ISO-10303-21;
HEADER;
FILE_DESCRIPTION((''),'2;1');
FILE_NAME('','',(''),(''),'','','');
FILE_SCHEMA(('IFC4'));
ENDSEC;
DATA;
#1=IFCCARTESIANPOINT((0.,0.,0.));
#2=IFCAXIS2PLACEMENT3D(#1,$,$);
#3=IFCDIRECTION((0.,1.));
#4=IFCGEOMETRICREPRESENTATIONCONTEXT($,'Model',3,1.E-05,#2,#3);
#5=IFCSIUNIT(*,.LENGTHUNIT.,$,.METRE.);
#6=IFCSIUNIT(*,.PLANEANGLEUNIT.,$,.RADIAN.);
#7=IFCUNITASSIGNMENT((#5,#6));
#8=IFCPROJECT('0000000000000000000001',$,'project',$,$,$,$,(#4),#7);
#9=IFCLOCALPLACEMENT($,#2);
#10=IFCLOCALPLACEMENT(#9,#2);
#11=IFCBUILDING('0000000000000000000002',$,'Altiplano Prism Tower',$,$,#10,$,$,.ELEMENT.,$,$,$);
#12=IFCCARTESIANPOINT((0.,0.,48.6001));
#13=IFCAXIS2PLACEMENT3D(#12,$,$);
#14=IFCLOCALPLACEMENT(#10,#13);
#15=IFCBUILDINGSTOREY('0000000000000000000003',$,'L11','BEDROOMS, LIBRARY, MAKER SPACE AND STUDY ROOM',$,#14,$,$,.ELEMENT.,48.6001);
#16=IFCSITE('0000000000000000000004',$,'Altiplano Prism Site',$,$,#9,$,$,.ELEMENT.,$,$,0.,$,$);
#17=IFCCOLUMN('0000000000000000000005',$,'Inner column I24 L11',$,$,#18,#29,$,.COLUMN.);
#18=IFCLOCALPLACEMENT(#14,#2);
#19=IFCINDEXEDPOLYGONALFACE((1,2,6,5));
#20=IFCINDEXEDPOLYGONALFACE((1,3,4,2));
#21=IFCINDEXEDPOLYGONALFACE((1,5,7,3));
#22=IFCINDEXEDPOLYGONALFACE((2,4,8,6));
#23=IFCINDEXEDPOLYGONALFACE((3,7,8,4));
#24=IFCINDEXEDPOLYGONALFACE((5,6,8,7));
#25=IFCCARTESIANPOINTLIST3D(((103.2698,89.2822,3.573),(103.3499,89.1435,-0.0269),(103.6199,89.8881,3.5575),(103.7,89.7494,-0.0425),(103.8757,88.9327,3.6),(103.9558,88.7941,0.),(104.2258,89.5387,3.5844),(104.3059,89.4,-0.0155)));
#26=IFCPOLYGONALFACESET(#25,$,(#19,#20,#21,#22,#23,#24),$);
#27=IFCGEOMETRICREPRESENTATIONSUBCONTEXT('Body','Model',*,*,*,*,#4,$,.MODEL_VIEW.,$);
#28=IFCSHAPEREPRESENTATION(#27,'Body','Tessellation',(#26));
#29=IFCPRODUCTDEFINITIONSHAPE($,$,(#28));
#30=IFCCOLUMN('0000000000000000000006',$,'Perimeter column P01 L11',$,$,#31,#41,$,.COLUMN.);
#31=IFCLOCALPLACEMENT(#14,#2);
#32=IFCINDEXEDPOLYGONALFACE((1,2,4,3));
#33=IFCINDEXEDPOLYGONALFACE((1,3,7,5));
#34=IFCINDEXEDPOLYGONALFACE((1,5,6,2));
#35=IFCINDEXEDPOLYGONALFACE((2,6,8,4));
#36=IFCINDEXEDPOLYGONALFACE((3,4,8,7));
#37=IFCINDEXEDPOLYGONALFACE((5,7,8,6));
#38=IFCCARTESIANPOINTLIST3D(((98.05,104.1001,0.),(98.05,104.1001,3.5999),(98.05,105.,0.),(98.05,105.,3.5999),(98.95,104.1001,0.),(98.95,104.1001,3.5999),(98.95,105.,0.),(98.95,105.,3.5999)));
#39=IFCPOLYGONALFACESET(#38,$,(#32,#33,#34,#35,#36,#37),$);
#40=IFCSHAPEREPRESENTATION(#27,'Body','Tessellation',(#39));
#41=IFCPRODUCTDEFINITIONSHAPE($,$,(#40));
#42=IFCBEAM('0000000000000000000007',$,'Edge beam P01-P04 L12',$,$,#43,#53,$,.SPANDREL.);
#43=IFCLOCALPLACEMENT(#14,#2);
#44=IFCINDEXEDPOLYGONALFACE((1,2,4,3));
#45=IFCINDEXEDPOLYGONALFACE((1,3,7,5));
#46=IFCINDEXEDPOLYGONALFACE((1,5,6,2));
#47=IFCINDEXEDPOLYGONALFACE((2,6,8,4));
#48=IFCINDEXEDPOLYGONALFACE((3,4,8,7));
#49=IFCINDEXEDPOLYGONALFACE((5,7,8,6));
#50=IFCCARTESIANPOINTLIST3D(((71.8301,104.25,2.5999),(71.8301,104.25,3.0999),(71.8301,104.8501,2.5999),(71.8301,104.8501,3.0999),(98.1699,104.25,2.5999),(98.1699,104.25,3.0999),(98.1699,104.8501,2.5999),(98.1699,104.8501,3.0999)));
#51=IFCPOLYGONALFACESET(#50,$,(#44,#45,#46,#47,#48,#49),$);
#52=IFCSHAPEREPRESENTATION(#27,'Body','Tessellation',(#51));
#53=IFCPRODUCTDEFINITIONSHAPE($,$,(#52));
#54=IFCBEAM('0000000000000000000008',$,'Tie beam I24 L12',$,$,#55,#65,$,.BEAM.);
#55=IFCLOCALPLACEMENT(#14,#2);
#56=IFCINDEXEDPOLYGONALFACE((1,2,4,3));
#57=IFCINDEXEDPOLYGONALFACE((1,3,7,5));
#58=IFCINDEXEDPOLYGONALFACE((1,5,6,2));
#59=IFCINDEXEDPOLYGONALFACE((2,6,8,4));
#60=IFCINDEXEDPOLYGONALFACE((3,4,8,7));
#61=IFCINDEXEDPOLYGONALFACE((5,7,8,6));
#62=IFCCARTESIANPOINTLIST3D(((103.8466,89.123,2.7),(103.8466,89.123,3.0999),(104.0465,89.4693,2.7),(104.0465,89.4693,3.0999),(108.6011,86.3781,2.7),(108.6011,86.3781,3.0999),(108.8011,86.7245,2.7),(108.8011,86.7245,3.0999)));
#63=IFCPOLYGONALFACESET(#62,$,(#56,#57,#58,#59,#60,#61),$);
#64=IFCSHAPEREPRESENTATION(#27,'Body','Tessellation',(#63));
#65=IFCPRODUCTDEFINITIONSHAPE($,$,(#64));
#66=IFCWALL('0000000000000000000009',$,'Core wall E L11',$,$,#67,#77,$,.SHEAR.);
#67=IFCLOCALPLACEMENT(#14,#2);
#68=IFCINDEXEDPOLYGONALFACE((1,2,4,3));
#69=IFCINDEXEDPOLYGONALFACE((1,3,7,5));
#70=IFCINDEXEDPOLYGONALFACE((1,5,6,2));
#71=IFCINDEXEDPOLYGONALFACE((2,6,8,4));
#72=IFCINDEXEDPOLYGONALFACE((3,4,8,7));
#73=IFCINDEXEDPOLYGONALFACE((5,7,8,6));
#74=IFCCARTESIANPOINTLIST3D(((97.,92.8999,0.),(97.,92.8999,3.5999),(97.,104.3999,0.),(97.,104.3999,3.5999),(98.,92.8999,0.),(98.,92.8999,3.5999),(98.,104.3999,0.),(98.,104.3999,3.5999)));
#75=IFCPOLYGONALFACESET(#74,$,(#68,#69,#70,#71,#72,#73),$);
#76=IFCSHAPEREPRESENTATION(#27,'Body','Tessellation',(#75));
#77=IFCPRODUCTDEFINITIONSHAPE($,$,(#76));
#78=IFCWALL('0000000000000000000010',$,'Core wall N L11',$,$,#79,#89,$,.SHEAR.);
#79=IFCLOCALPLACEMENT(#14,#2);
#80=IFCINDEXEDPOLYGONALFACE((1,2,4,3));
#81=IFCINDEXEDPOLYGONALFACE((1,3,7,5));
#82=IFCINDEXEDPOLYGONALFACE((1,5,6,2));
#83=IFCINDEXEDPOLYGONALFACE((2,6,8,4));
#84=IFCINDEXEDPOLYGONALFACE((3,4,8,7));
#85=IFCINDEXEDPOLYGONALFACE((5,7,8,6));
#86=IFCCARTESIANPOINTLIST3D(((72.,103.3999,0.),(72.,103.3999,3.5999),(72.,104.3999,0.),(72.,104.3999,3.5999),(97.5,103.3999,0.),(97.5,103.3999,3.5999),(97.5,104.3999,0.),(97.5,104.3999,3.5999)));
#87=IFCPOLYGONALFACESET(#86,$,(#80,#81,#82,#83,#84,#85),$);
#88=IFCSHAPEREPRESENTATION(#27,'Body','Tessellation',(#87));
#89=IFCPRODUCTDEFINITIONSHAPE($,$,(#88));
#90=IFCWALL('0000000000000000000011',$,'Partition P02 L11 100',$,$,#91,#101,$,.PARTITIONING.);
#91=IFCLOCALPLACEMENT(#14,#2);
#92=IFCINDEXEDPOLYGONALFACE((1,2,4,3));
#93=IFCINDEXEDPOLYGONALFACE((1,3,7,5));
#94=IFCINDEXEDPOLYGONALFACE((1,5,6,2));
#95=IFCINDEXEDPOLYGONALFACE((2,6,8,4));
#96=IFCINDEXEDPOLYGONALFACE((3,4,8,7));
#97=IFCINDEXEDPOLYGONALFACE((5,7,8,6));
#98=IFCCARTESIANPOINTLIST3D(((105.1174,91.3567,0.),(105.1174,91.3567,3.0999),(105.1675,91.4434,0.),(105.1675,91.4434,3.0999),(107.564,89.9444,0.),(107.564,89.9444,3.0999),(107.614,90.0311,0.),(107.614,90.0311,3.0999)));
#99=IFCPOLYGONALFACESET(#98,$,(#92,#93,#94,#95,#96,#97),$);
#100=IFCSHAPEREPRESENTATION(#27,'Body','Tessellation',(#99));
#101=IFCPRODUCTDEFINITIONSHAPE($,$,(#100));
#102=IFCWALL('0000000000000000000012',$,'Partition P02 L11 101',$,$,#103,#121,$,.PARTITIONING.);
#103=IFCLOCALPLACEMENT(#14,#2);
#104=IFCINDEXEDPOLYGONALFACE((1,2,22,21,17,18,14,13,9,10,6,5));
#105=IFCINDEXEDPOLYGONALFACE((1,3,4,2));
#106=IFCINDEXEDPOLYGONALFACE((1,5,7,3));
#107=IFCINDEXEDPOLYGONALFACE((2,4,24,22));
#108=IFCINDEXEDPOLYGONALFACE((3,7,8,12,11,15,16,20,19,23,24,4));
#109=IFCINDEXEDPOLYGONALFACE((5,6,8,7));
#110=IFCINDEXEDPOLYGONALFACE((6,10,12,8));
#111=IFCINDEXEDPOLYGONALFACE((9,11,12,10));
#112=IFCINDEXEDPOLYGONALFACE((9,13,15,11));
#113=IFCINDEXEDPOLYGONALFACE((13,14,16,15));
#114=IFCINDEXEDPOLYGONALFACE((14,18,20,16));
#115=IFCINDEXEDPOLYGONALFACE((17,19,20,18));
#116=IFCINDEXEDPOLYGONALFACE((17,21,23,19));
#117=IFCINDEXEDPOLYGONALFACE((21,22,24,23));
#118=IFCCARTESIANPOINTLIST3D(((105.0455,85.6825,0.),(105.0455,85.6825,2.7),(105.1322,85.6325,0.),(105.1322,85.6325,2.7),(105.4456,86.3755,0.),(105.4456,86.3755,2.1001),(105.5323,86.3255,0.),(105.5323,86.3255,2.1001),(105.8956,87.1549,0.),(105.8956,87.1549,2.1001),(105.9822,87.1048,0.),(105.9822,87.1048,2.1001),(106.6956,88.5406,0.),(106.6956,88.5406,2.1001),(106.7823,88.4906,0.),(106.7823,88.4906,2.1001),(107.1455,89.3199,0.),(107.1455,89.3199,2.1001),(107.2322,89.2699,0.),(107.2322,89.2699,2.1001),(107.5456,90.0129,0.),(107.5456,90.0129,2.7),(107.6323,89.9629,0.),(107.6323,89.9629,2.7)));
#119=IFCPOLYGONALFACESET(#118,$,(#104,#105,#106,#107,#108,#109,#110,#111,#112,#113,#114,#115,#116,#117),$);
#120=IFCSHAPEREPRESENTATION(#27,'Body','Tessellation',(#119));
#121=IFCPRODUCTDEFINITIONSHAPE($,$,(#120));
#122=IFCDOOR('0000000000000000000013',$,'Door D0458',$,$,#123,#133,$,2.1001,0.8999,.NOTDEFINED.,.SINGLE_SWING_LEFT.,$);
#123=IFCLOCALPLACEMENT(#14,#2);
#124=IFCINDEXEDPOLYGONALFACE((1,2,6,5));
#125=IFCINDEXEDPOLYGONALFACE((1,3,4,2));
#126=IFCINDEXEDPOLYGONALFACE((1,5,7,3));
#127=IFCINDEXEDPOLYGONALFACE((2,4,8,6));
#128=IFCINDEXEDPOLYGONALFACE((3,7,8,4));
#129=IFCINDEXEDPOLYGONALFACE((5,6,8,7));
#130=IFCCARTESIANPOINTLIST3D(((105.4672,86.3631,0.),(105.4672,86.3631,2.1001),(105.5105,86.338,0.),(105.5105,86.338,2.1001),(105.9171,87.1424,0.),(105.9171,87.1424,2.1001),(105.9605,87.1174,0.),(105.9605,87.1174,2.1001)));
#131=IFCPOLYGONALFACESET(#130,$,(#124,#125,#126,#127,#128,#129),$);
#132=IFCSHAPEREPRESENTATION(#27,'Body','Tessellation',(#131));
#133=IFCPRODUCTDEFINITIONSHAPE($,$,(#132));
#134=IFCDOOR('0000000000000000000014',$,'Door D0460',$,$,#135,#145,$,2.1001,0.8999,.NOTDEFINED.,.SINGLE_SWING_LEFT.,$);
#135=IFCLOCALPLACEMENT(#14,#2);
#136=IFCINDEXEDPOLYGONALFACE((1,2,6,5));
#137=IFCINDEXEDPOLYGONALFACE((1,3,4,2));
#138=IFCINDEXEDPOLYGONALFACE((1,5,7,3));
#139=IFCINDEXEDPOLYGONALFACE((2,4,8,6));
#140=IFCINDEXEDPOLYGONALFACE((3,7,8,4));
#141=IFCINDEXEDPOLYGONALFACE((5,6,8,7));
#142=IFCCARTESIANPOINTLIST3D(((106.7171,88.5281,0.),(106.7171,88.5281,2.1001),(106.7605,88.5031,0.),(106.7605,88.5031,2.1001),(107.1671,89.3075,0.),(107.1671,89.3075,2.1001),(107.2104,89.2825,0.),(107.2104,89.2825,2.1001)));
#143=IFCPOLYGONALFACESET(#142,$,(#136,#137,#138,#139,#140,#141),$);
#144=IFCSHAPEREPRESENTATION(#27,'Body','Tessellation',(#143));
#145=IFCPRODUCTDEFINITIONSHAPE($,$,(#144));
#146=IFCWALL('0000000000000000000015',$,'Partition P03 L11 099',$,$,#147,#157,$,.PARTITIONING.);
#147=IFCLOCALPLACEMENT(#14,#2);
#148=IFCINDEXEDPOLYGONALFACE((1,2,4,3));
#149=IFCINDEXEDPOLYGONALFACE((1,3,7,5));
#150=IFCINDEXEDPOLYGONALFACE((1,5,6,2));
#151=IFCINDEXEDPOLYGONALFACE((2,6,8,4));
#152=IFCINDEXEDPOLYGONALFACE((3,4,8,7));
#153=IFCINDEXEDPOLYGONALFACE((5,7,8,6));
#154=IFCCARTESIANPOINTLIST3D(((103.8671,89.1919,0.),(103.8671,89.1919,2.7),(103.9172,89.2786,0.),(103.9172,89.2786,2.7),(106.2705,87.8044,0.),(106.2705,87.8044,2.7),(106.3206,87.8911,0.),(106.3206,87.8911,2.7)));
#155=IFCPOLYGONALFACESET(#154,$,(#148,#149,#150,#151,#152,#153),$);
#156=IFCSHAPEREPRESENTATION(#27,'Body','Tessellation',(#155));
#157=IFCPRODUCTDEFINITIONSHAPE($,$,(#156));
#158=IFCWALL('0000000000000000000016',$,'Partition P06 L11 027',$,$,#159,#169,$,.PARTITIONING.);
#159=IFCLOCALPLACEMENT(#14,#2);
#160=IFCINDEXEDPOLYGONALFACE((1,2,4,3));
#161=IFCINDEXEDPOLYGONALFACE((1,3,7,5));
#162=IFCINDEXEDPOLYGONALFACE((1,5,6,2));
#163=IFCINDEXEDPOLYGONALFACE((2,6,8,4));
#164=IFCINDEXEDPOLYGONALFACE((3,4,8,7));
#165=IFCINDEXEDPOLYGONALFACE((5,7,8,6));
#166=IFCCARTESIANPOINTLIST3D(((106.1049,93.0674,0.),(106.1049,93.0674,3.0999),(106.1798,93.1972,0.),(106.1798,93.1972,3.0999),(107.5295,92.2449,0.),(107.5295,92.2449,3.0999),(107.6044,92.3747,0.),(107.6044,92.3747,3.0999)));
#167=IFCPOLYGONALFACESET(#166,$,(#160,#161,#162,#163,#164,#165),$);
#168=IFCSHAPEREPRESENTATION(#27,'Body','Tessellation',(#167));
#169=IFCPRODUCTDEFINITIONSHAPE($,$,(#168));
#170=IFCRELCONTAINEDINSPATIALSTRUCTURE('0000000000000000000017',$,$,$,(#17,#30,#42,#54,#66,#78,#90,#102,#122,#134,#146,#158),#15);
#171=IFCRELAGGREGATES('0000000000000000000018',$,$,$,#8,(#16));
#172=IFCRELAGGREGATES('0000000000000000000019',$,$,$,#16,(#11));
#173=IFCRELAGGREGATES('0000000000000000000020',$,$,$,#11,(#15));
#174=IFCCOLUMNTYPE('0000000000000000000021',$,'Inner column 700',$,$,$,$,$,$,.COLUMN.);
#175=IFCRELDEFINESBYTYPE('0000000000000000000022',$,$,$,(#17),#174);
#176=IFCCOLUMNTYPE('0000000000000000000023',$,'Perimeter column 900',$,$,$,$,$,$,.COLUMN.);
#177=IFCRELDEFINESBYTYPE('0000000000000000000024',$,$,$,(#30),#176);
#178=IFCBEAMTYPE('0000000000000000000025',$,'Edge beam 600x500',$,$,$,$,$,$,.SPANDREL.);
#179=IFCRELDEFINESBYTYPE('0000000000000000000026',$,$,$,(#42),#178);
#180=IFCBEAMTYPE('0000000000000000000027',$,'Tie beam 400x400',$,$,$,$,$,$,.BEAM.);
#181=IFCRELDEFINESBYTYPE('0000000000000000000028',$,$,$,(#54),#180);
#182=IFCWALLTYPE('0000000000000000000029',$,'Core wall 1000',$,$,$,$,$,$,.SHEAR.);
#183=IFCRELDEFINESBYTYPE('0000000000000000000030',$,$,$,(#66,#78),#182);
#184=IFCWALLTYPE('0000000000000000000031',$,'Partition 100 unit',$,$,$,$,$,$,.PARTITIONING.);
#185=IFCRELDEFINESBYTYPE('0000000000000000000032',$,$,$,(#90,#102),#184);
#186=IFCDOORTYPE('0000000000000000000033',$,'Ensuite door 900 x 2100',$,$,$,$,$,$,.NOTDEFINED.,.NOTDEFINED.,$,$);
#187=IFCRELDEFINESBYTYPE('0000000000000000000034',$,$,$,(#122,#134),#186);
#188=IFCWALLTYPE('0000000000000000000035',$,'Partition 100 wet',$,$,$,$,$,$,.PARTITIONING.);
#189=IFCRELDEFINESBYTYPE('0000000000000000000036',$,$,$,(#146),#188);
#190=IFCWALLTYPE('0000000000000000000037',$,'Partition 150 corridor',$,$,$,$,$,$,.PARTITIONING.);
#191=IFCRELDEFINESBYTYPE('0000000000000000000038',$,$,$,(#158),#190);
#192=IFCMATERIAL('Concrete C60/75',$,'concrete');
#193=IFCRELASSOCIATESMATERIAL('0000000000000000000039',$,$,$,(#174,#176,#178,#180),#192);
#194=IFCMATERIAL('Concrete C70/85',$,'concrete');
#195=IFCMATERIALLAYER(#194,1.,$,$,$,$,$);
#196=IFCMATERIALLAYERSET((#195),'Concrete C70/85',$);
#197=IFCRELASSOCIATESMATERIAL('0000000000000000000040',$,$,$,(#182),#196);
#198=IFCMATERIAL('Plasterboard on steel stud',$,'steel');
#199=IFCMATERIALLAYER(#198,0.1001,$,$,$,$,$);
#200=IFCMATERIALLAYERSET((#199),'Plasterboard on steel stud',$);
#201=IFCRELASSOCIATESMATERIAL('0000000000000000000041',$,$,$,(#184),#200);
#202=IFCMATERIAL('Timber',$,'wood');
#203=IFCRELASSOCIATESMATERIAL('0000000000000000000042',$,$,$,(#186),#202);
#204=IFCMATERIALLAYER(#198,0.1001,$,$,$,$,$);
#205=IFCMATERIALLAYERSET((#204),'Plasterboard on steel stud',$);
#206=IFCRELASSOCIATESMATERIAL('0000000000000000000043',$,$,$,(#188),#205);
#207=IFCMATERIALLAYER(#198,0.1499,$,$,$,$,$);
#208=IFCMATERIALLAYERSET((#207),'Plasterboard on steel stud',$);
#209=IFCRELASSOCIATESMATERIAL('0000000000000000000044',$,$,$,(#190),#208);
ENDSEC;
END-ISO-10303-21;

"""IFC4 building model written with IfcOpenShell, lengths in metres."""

from ifc_helpers import new_model, si_unit, direction, frame, frame_2d, origin, origin_2d, place, context, subcontext, project, spatial, rectangle, extrude, material, layer, layer_set, material_profile, profile_set, type_object, element, fill, save


model = new_model("IFC4")

# Units and contexts
model_context = context("Model", 3, precision=1e-05, world=origin(), true_north=direction((0.0, 1.0)))
body_context = subcontext(model_context, "Body", "Model", "MODEL_VIEW")
ifc_project = project(units=[si_unit("LENGTHUNIT", "METRE"), si_unit("PLANEANGLEUNIT", "RADIAN")], contexts=[model_context])

# Site, building, storey
site_placement = place(None, origin())
site = spatial("IfcSite", under=ifc_project, at=site_placement, Name="Altiplano Prism Site", CompositionType="ELEMENT", RefElevation=0.0)
building_placement = place(site_placement, origin())
building = spatial("IfcBuilding", under=site, at=building_placement, Name="Altiplano Prism Tower", CompositionType="ELEMENT")
storey_placement = place(building_placement, frame((0.0, 0.0, 48.6001)))
storey = spatial("IfcBuildingStorey", under=building, at=storey_placement, Name="L11", Description="BEDROOMS, LIBRARY, MAKER SPACE AND STUDY ROOM", CompositionType="ELEMENT", Elevation=48.6001)

# Columns
ifc_material_1 = material(Name="Concrete C60/75", Category="concrete")
ifc_material_profile_1 = material_profile(ifc_material_1, rectangle(XDim=0.7, YDim=0.7, at=origin_2d()), Name="Inner column 700")
ifc_profile_set_1 = profile_set([ifc_material_profile_1], Name="Concrete C60/75")
column_type_1 = type_object("IfcColumnType", Name="Inner column 700", PredefinedType="COLUMN", material=ifc_profile_set_1)
column_1_placement = place(storey_placement, frame((103.8279, 89.2717, -0.0212), z_axis=(-0.022223, 0.038483, 0.999012), x_axis=(-0.500167, -0.865644, 0.02222)))
element("IfcColumn", 1, at=column_1_placement, inside=storey, type_object=column_type_1, Name="Inner column I24 L11", PredefinedType="COLUMN", context=body_context, shape_type="SweptSolid", body=[
    extrude(rectangle(XDim=0.7, YDim=0.7, at=origin_2d()), origin(), (0.0, 0.0, 1.0), 3.6035),
])
ifc_material_profile_2 = material_profile(ifc_material_1, rectangle(XDim=0.8999, YDim=0.8999, at=origin_2d()), Name="Perimeter column 900")
ifc_profile_set_2 = profile_set([ifc_material_profile_2], Name="Concrete C60/75")
column_type_2 = type_object("IfcColumnType", Name="Perimeter column 900", PredefinedType="COLUMN", material=ifc_profile_set_2)
column_2_placement = place(storey_placement, frame((98.5, 104.55, 0.0), z_axis=(0.0, 0.0, 1.0), x_axis=(1.0, 0.0, 0.0)))
element("IfcColumn", 2, at=column_2_placement, inside=storey, type_object=column_type_2, Name="Perimeter column P01 L11", PredefinedType="COLUMN", context=body_context, shape_type="SweptSolid", body=[
    extrude(rectangle(XDim=0.8999, YDim=0.8999, at=origin_2d()), origin(), (0.0, 0.0, 1.0), 3.5999),
])

# Beams
ifc_material_profile_3 = material_profile(ifc_material_1, rectangle(XDim=0.6001, YDim=0.5, at=origin_2d()), Name="Edge beam 600x500")
ifc_profile_set_3 = profile_set([ifc_material_profile_3], Name="Concrete C60/75")
beam_type_1 = type_object("IfcBeamType", Name="Edge beam 600x500", PredefinedType="SPANDREL", material=ifc_profile_set_3)
beam_1_placement = place(storey_placement, frame((98.1699, 104.55, 2.8499), z_axis=(-1.0, 0.0, 0.0), x_axis=(0.0, -1.0, 0.0)))
element("IfcBeam", 3, at=beam_1_placement, inside=storey, type_object=beam_type_1, Name="Edge beam P01-P04 L12", PredefinedType="SPANDREL", context=body_context, shape_type="SweptSolid", body=[
    extrude(rectangle(XDim=0.6001, YDim=0.5, at=origin_2d()), origin(), (0.0, 0.0, 1.0), 26.3398),
])
ifc_material_profile_4 = material_profile(ifc_material_1, rectangle(XDim=0.3999, YDim=0.3999, at=origin_2d()), Name="Tie beam 400x400")
ifc_profile_set_4 = profile_set([ifc_material_profile_4], Name="Concrete C60/75")
beam_type_2 = type_object("IfcBeamType", Name="Tie beam 400x400", PredefinedType="BEAM", material=ifc_profile_set_4)
beam_2_placement = place(storey_placement, frame((103.9465, 89.2961, 2.8999), z_axis=(0.866043, -0.49997, 0.0), x_axis=(0.49997, 0.866043, 0.0)))
element("IfcBeam", 4, at=beam_2_placement, inside=storey, type_object=beam_type_2, Name="Tie beam I24 L12", PredefinedType="BEAM", context=body_context, shape_type="SweptSolid", body=[
    extrude(rectangle(XDim=0.3999, YDim=0.3999, at=origin_2d()), origin(), (0.0, 0.0, 1.0), 5.49),
])

# Walls
ifc_material_2 = material(Name="Concrete C70/85", Category="concrete")
ifc_layer_1 = layer(ifc_material_2, 1.0)
ifc_layer_set_1 = layer_set([ifc_layer_1], Name="Concrete C70/85")
wall_type_1 = type_object("IfcWallType", Name="Core wall 1000", PredefinedType="SHEAR", material=ifc_layer_set_1)
wall_1_placement = place(storey_placement, frame((97.5, 92.8999, 0.0), z_axis=(0.0, 0.0, 1.0), x_axis=(0.0, 1.0, 0.0)))
element("IfcWall", 5, at=wall_1_placement, inside=storey, type_object=wall_type_1, Name="Core wall E L11", PredefinedType="SHEAR", context=body_context, shape_type="SweptSolid", body=[
    extrude(rectangle(XDim=11.5, YDim=1.0, at=frame_2d((5.75, 0.0))), origin(), (0.0, 0.0, 1.0), 3.5999),
])
wall_2_placement = place(storey_placement, frame((97.5, 103.8999, 0.0), z_axis=(0.0, 0.0, 1.0), x_axis=(-1.0, 0.0, 0.0)))
element("IfcWall", 6, at=wall_2_placement, inside=storey, type_object=wall_type_1, Name="Core wall N L11", PredefinedType="SHEAR", context=body_context, shape_type="SweptSolid", body=[
    extrude(rectangle(XDim=25.5, YDim=1.0, at=frame_2d((12.75, 0.0))), origin(), (0.0, 0.0, 1.0), 3.5999),
])
ifc_material_3 = material(Name="Plasterboard on steel stud", Category="steel")
ifc_layer_2 = layer(ifc_material_3, 0.1001)
ifc_layer_set_2 = layer_set([ifc_layer_2], Name="Plasterboard on steel stud")
wall_type_2 = type_object("IfcWallType", Name="Partition 100 unit", PredefinedType="PARTITIONING", material=ifc_layer_set_2)
wall_3_placement = place(storey_placement, frame((105.1423, 91.4001, 0.0), z_axis=(0.0, 0.0, 1.0), x_axis=(0.866049, -0.499959, 0.0)))
element("IfcWall", 7, at=wall_3_placement, inside=storey, type_object=wall_type_2, Name="Partition P02 L11 100", PredefinedType="PARTITIONING", context=body_context, shape_type="SweptSolid", body=[
    extrude(rectangle(XDim=2.825, YDim=0.1001, at=frame_2d((1.4126, 0.0))), origin(), (0.0, 0.0, 1.0), 3.0999),
])

# Wall, openings, doors
wall_4_placement = place(storey_placement, frame((107.5889, 89.9878, 0.0), z_axis=(0.0, 0.0, 1.0), x_axis=(-0.499983, -0.866035, 0.0)))
wall_4 = element("IfcWall", 8, at=wall_4_placement, inside=storey, type_object=wall_type_2, Name="Partition P02 L11 101", PredefinedType="PARTITIONING", context=body_context, shape_type="SweptSolid", body=[
    extrude(rectangle(XDim=5.0002, YDim=0.1001, at=frame_2d((2.5, 0.0))), origin(), (0.0, 0.0, 1.0), 2.7),
])
opening_1_placement = place(wall_4_placement, frame((3.3, 0.0, 0.0)))
opening_1 = element("IfcOpeningElement", 9, at=opening_1_placement, cuts=wall_4, PredefinedType="OPENING", context=body_context, shape_type="SweptSolid", body=[
    extrude(rectangle(XDim=0.8999, YDim=2.1001, at=frame_2d((0.45, 1.05))), frame((0.0, 0.0605, 0.0), z_axis=(0.0, -1.0, 0.0), x_axis=(1.0, 0.0, 0.0)), (0.0, 0.0, 1.0), 0.1211),
])
opening_2_placement = place(wall_4_placement, frame((0.8, 0.0, 0.0)))
opening_2 = element("IfcOpeningElement", 10, at=opening_2_placement, cuts=wall_4, PredefinedType="OPENING", context=body_context, shape_type="SweptSolid", body=[
    extrude(rectangle(XDim=0.8999, YDim=2.1001, at=frame_2d((0.45, 1.05))), frame((0.0, 0.0605, 0.0), z_axis=(0.0, -1.0, 0.0), x_axis=(1.0, 0.0, 0.0)), (0.0, 0.0, 1.0), 0.1211),
])
ifc_material_4 = material(Name="Timber", Category="wood")
door_type_1 = type_object("IfcDoorType", Name="Ensuite door 900 x 2100", OperationType="NOTDEFINED", PredefinedType="NOTDEFINED", material=ifc_material_4)
door_1_placement = place(opening_1_placement, origin())
door_1 = element("IfcDoor", 11, at=door_1_placement, inside=storey, type_object=door_type_1, Name="Door D0458", OperationType="SINGLE_SWING_LEFT", OverallHeight=2.1001, OverallWidth=0.8999, PredefinedType="NOTDEFINED", context=body_context, shape_type="SweptSolid", body=[
    extrude(rectangle(XDim=0.8999, YDim=2.1001, at=frame_2d((0.45, 1.05))), frame((0.0, 0.0249, 0.0), z_axis=(0.0, -1.0, 0.0), x_axis=(1.0, 0.0, 0.0)), (0.0, 0.0, 1.0), 0.05),
])
fill(opening_1, door_1)
door_2_placement = place(opening_2_placement, origin())
door_2 = element("IfcDoor", 12, at=door_2_placement, inside=storey, type_object=door_type_1, Name="Door D0460", OperationType="SINGLE_SWING_LEFT", OverallHeight=2.1001, OverallWidth=0.8999, PredefinedType="NOTDEFINED", context=body_context, shape_type="SweptSolid", body=[
    extrude(rectangle(XDim=0.8999, YDim=2.1001, at=frame_2d((0.45, 1.05))), frame((0.0, 0.0249, 0.0), z_axis=(0.0, -1.0, 0.0), x_axis=(1.0, 0.0, 0.0)), (0.0, 0.0, 1.0), 0.05),
])
fill(opening_2, door_2)

# Walls
ifc_layer_3 = layer(ifc_material_3, 0.1001)
ifc_layer_set_3 = layer_set([ifc_layer_3], Name="Plasterboard on steel stud")
wall_type_3 = type_object("IfcWallType", Name="Partition 100 wet", PredefinedType="PARTITIONING", material=ifc_layer_set_3)
wall_5_placement = place(storey_placement, frame((106.2957, 87.8477, 0.0), z_axis=(0.0, 0.0, 1.0), x_axis=(-0.866042, 0.499971, 0.0)))
element("IfcWall", 13, at=wall_5_placement, inside=storey, type_object=wall_type_3, Name="Partition P03 L11 099", PredefinedType="PARTITIONING", context=body_context, shape_type="SweptSolid", body=[
    extrude(rectangle(XDim=2.7751, YDim=0.1001, at=frame_2d((1.3877, 0.0))), origin(), (0.0, 0.0, 1.0), 2.7),
])
ifc_layer_4 = layer(ifc_material_3, 0.1499)
ifc_layer_set_4 = layer_set([ifc_layer_4], Name="Plasterboard on steel stud")
wall_type_4 = type_object("IfcWallType", Name="Partition 150 corridor", PredefinedType="PARTITIONING", material=ifc_layer_set_4)
wall_6_placement = place(storey_placement, frame((106.1423, 93.1323, 0.0), z_axis=(0.0, 0.0, 1.0), x_axis=(0.866015, -0.500018, 0.0)))
element("IfcWall", 14, at=wall_6_placement, inside=storey, type_object=wall_type_4, Name="Partition P06 L11 027", PredefinedType="PARTITIONING", context=body_context, shape_type="SweptSolid", body=[
    extrude(rectangle(XDim=1.645, YDim=0.1499, at=frame_2d((0.8225, 0.0))), origin(), (0.0, 0.0, 1.0), 3.0999),
])

save(model, "model.ifc")
